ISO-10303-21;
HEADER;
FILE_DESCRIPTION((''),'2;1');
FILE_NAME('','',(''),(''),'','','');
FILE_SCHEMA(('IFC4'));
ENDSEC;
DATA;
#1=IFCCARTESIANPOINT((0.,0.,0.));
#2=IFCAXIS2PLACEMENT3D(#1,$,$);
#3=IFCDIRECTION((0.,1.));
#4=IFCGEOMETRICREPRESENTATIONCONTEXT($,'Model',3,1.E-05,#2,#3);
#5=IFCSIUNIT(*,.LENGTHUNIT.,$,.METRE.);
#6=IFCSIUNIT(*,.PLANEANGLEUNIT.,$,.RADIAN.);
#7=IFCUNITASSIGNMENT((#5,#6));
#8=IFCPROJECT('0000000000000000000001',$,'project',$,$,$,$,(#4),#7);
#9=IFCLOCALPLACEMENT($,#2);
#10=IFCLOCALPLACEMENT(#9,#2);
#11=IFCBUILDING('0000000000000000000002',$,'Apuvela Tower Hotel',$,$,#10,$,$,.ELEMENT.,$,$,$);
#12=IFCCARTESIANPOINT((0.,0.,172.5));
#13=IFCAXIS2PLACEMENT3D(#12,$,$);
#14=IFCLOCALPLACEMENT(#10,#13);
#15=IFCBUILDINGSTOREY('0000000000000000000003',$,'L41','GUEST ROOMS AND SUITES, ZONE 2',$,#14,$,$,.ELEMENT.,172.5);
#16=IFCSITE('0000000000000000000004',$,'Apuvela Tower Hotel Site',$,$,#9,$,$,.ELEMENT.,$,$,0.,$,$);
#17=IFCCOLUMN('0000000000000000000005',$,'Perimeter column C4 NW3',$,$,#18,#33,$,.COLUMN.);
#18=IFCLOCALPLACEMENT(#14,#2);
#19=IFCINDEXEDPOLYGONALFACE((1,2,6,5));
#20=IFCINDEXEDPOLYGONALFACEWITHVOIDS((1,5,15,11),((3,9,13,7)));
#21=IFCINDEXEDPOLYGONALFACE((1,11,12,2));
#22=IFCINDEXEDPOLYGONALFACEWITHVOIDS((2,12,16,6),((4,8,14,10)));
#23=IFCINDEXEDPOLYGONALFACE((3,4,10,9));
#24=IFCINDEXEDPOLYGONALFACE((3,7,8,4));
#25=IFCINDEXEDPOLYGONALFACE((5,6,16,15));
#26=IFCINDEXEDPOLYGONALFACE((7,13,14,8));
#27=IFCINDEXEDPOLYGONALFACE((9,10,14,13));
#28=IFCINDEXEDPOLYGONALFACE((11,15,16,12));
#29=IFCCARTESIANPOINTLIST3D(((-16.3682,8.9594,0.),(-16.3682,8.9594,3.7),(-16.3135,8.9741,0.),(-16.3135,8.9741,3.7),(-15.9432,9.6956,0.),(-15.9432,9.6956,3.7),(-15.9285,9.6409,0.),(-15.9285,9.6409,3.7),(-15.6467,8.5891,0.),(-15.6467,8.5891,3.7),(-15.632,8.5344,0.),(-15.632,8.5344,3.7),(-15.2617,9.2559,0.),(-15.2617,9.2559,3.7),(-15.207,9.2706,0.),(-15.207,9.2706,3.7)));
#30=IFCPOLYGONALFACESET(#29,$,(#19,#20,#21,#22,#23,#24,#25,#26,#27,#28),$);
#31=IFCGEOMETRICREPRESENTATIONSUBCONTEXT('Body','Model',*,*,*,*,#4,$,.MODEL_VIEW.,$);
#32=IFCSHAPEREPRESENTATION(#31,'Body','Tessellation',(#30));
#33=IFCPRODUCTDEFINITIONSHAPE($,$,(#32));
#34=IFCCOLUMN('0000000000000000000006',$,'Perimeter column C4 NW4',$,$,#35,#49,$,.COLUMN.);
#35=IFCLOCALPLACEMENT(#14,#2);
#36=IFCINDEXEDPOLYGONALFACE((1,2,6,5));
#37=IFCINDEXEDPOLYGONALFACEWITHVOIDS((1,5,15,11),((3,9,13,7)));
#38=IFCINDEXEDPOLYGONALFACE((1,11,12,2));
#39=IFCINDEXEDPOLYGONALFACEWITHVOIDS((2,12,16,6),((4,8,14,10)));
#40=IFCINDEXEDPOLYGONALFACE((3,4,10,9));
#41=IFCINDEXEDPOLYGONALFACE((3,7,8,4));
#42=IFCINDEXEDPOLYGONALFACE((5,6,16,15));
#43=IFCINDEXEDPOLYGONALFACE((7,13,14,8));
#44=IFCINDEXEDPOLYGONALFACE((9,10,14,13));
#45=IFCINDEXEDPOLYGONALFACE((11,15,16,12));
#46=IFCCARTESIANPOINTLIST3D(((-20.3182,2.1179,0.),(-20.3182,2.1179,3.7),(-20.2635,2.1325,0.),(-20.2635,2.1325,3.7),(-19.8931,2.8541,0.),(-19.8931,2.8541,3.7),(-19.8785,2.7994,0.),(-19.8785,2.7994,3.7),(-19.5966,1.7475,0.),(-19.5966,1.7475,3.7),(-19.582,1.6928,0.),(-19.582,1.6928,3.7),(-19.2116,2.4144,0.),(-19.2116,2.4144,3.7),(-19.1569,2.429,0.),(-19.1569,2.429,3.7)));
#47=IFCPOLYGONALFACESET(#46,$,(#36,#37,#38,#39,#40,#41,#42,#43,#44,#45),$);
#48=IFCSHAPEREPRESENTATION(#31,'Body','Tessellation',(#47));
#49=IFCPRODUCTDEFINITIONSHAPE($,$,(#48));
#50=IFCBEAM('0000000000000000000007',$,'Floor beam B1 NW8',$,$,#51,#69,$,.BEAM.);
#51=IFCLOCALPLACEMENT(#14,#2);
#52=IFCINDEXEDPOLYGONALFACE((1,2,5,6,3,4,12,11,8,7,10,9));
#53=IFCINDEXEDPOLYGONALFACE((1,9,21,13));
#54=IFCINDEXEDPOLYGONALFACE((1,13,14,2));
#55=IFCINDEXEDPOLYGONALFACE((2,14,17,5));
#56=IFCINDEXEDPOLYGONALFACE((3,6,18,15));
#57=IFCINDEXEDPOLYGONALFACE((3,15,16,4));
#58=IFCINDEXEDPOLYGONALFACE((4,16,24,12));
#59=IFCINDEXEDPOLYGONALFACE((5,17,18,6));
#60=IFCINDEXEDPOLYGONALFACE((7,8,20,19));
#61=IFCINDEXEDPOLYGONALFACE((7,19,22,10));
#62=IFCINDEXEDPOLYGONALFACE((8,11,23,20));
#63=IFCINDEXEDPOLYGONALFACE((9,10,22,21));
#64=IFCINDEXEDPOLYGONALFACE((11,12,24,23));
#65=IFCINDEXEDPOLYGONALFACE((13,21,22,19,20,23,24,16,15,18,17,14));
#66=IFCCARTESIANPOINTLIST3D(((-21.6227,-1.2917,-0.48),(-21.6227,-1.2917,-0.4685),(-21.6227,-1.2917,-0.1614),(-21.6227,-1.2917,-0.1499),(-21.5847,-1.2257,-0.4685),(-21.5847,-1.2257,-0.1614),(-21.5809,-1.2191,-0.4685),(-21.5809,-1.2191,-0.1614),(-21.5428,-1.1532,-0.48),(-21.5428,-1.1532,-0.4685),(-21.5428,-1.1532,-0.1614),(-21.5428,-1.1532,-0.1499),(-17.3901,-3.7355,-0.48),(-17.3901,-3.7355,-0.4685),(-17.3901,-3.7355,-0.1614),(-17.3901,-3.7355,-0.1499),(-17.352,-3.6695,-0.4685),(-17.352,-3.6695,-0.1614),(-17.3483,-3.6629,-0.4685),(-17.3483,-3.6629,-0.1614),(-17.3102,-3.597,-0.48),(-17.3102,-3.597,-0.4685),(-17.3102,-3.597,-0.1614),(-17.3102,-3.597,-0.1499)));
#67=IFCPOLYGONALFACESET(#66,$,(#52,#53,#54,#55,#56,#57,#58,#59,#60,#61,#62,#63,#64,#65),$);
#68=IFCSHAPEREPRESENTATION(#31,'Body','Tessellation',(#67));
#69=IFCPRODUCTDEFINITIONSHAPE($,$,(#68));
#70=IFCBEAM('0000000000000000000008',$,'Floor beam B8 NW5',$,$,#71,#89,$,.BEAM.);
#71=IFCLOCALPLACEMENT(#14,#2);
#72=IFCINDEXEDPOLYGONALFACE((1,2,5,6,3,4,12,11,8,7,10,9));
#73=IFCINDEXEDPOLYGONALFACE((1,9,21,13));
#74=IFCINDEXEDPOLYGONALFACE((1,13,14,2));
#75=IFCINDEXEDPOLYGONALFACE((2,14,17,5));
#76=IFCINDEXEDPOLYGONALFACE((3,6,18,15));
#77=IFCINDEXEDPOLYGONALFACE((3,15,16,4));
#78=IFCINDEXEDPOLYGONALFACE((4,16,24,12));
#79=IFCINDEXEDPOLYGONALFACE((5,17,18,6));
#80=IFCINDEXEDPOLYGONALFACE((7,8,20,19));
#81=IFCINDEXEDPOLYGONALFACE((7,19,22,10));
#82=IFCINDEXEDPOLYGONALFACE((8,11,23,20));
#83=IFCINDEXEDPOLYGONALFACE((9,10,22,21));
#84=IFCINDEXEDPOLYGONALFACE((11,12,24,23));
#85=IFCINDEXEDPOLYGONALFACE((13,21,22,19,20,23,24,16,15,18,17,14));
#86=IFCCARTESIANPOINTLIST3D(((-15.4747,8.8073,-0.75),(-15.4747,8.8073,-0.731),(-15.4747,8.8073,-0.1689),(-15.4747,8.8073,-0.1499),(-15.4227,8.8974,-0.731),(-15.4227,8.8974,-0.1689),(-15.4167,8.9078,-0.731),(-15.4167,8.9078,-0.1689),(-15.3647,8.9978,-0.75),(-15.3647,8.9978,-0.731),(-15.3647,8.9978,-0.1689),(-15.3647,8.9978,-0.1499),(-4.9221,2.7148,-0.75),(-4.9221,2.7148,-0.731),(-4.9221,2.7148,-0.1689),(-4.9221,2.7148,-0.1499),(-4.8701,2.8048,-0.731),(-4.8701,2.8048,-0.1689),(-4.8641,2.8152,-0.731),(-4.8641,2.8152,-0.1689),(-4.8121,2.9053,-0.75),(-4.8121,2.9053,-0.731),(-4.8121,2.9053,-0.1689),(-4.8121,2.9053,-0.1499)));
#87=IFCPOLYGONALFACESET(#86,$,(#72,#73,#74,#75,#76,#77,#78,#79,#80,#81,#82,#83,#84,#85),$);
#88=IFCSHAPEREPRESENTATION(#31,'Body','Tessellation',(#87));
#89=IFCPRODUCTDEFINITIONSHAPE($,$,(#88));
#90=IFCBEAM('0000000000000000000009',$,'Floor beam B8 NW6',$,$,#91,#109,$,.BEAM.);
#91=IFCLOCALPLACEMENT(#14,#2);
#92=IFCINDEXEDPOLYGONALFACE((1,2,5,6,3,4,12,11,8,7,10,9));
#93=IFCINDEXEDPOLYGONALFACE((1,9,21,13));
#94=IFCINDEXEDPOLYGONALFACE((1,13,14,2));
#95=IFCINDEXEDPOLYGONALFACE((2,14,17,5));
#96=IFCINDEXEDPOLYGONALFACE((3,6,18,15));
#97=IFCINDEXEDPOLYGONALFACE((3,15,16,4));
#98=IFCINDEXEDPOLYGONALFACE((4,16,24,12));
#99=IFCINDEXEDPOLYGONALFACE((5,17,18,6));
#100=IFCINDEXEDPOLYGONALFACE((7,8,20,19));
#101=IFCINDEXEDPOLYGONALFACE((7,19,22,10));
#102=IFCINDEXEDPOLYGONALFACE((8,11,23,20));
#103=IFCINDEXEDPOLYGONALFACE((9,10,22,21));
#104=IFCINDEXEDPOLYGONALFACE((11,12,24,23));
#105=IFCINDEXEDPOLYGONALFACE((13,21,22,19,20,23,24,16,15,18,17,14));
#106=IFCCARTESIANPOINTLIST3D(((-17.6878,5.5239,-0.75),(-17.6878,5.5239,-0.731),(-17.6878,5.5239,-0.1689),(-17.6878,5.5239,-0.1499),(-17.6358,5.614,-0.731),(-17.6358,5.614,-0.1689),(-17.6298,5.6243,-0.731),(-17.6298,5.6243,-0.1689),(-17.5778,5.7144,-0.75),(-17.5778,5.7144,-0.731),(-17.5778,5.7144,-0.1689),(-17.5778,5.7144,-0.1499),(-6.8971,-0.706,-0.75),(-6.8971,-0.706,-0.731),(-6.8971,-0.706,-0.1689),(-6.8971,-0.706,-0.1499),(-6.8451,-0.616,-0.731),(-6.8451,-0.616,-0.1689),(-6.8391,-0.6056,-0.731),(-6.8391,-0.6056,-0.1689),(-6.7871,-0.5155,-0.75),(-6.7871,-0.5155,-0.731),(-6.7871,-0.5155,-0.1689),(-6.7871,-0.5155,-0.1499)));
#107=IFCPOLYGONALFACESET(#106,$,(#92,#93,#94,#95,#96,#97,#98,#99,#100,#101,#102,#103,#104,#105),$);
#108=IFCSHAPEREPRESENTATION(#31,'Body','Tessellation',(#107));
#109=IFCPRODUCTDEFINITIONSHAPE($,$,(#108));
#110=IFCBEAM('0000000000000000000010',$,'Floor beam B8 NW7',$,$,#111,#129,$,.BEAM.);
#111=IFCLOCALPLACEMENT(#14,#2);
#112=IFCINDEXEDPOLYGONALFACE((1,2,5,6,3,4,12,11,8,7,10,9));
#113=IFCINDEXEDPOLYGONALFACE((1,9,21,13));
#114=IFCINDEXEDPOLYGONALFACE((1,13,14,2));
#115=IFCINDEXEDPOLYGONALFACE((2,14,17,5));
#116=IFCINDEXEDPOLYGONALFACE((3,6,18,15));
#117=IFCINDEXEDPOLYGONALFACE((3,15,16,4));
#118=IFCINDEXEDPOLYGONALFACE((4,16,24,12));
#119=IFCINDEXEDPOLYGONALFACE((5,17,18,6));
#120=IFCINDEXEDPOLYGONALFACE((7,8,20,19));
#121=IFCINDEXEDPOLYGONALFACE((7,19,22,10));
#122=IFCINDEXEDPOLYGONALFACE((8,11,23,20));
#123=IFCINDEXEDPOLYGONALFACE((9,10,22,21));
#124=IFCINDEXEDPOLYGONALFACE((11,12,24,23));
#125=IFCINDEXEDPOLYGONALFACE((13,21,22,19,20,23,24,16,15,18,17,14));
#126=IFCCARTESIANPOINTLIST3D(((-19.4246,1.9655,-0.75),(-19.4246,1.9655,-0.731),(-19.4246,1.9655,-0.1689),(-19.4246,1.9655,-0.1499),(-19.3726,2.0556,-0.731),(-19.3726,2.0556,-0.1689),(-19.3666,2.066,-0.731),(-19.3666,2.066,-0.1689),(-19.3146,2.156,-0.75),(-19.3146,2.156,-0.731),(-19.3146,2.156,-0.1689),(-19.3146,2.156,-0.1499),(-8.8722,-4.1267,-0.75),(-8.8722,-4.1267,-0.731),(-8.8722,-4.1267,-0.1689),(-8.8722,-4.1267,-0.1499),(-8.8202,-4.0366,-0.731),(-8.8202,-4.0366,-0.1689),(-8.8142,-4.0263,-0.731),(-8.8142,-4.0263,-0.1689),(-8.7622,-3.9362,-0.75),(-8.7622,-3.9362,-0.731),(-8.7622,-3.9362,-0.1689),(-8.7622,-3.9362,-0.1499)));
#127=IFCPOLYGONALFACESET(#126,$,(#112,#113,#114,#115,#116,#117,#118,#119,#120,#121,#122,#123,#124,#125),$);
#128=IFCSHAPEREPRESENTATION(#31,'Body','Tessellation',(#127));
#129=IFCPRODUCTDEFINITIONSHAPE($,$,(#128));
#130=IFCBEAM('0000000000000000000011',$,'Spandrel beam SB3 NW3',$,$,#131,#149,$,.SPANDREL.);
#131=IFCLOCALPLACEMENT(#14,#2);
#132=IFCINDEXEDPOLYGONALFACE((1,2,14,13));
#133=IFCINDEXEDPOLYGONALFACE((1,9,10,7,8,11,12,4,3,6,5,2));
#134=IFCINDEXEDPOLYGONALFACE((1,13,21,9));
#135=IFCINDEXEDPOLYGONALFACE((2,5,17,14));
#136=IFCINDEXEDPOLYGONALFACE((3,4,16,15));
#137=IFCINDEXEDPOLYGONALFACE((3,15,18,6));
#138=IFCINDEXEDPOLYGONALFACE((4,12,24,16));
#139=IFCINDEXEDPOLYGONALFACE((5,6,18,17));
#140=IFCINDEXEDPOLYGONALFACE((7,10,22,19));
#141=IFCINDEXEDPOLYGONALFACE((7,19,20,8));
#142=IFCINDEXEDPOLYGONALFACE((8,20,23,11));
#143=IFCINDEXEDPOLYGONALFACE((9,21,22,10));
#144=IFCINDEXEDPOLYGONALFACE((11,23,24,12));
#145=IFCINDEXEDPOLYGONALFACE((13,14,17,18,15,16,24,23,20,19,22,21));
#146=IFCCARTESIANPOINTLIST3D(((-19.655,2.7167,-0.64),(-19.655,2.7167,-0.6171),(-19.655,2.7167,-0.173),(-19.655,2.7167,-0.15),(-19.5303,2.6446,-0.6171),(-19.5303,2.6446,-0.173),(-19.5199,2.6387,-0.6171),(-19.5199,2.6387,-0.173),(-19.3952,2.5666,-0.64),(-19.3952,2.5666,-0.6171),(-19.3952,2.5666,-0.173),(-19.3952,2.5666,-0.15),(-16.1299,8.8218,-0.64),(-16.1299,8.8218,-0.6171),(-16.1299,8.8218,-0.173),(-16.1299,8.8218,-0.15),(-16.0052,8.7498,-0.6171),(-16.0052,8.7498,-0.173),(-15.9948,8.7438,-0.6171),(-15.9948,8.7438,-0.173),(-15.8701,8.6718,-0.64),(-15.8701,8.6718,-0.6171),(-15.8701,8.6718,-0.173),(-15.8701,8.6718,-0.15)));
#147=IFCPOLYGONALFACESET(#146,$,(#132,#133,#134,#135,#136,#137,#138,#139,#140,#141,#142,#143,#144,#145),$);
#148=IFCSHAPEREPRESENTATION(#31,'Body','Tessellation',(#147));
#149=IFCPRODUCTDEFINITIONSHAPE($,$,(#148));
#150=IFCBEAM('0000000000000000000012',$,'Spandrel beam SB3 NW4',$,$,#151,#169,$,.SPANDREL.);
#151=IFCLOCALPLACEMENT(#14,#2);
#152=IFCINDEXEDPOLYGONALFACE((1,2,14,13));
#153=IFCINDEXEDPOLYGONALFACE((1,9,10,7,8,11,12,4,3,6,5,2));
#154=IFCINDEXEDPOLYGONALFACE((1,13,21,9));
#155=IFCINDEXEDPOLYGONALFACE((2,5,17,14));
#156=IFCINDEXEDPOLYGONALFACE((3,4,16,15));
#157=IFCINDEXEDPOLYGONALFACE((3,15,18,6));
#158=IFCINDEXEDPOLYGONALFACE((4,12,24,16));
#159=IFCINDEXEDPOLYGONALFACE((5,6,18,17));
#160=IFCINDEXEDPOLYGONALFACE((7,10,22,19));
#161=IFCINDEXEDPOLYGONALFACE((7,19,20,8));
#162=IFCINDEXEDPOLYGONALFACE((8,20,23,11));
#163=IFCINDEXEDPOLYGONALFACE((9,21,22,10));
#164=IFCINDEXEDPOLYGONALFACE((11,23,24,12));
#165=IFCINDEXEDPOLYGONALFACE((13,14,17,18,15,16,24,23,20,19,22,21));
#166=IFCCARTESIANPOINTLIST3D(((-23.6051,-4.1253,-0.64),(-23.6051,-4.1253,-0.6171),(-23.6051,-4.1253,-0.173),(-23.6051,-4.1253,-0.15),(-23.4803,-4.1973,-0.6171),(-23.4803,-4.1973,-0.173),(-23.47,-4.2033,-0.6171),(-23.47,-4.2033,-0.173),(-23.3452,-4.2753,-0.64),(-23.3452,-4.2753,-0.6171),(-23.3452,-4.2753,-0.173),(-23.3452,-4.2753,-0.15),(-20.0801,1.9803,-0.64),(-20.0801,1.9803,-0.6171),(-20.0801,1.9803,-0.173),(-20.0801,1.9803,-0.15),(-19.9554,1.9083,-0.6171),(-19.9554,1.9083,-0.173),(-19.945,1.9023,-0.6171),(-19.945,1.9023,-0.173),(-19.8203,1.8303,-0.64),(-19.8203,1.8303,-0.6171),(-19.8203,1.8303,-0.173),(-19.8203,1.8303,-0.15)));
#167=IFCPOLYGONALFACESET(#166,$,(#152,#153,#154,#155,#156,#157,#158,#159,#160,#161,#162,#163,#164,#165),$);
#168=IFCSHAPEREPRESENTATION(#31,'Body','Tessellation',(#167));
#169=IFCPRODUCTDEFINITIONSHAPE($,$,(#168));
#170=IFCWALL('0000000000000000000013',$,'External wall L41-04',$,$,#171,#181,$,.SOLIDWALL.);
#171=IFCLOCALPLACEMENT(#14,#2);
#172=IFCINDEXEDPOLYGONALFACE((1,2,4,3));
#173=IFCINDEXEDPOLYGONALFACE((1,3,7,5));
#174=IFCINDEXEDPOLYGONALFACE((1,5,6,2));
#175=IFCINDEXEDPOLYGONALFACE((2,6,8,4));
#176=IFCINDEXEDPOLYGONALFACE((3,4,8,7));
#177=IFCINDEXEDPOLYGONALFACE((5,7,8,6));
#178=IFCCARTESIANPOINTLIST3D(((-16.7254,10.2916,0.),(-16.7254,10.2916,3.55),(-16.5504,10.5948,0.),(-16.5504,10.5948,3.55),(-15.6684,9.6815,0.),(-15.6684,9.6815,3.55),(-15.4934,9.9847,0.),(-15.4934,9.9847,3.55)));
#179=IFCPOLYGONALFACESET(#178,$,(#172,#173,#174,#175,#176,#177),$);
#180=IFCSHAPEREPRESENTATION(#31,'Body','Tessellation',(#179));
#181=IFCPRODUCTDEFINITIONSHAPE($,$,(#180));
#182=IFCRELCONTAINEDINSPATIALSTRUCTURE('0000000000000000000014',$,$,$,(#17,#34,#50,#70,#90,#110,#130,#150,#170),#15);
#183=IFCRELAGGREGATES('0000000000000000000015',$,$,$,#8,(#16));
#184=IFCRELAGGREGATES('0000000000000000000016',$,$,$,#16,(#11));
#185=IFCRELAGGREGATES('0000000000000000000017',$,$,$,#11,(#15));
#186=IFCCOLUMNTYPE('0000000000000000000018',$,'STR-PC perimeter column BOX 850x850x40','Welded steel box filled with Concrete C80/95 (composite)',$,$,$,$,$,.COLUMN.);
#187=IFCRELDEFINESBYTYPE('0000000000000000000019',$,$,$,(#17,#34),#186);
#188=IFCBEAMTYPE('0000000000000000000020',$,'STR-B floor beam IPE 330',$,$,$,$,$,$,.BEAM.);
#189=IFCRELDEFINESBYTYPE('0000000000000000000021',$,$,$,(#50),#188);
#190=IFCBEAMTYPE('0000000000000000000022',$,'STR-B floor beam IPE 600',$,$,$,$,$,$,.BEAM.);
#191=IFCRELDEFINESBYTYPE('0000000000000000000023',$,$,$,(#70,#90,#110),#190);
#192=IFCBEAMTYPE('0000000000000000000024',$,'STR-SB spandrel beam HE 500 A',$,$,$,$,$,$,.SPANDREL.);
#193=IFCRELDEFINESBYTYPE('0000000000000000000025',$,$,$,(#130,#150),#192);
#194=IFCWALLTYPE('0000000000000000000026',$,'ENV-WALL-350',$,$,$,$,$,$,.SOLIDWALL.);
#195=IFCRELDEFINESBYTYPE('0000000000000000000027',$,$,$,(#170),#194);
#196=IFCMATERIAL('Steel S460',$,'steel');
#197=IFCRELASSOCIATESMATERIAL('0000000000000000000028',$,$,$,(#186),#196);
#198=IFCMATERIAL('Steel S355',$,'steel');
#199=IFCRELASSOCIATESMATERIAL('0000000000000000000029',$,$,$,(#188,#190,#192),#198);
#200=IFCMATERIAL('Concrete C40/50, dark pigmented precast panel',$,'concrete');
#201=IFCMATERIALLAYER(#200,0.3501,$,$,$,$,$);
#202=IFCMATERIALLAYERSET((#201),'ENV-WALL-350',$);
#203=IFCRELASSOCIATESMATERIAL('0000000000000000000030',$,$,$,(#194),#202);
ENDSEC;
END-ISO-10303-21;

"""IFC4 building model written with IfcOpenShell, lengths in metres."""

from ifc_helpers import new_model, si_unit, direction, frame, frame_2d, origin, origin_2d, place, context, subcontext, project, spatial, rectangle, hollow_rectangle, i_section, extrude, material, layer, layer_set, material_profile, profile_set, type_object, element, save


model = new_model("IFC4")

# Units and contexts
model_context = context("Model", 3, precision=1e-05, world=origin(), true_north=direction((0.0, 1.0)))
body_context = subcontext(model_context, "Body", "Model", "MODEL_VIEW")
ifc_project = project(units=[si_unit("LENGTHUNIT", "METRE"), si_unit("PLANEANGLEUNIT", "RADIAN")], contexts=[model_context])

# Site, building, storey
site_placement = place(None, origin())
site = spatial("IfcSite", under=ifc_project, at=site_placement, Name="Apuvela Tower Hotel Site", CompositionType="ELEMENT", RefElevation=0.0)
building_placement = place(site_placement, origin())
building = spatial("IfcBuilding", under=site, at=building_placement, Name="Apuvela Tower Hotel", CompositionType="ELEMENT")
storey_placement = place(building_placement, frame((0.0, 0.0, 172.5)))
storey = spatial("IfcBuildingStorey", under=building, at=storey_placement, Name="L41", Description="GUEST ROOMS AND SUITES, ZONE 2", CompositionType="ELEMENT", Elevation=172.5)

# Columns
ifc_material_1 = material(Name="Steel S460", Category="steel")
ifc_material_profile_1 = material_profile(ifc_material_1, hollow_rectangle(XDim=0.8501, YDim=0.8501, WallThickness=0.04, at=origin_2d()), Name="BOX 850x850x40")
ifc_material_2 = material(Name="Concrete C80/95", Category="concrete")
ifc_material_profile_2 = material_profile(ifc_material_2, rectangle(XDim=0.77, YDim=0.77, at=origin_2d()), Name="Concrete C80/95 infill")
ifc_profile_set_1 = profile_set([ifc_material_profile_1, ifc_material_profile_2], Name="Steel S460")
column_type = type_object("IfcColumnType", Name="STR-PC perimeter column BOX 850x850x40", Description="Welded steel box filled with Concrete C80/95 (composite)", PredefinedType="COLUMN", material=ifc_profile_set_1)
for number, where, z_axis, x_axis, name in (
    (1, (-15.7876, 9.115, 0.0), (0.0, 0.0, 1.0), (0.5, 0.866025, 0.0), "Perimeter column C4 NW3"),
    (2, (-19.7375, 2.2734, 0.0), (0.0, 0.0, 1.0), (0.5, 0.866025, 0.0), "Perimeter column C4 NW4"),
):
    element("IfcColumn", number, at=place(storey_placement, frame(where, z_axis=z_axis, x_axis=x_axis)), inside=storey, type_object=column_type, Name=name, PredefinedType="COLUMN", context=body_context, shape_type="SweptSolid", body=[
        extrude(hollow_rectangle(XDim=0.8501, YDim=0.8501, WallThickness=0.04, at=origin_2d()), origin(), (0.0, 0.0, 1.0), 3.7),
    ])

# Beams
ifc_material_3 = material(Name="Steel S355", Category="steel")
ifc_material_profile_3 = material_profile(ifc_material_3, i_section(OverallWidth=0.1599, OverallDepth=0.3301, WebThickness=0.0076, FlangeThickness=0.0115, at=origin_2d()), Name="IPE 330")
ifc_profile_set_2 = profile_set([ifc_material_profile_3], Name="Steel S355")
beam_type_1 = type_object("IfcBeamType", Name="STR-B floor beam IPE 330", PredefinedType="BEAM", material=ifc_profile_set_2)
beam_1_placement = place(storey_placement, frame((-21.5828, -1.2224, -0.3149), z_axis=(0.866015, -0.500018, 0.0), x_axis=(0.500018, 0.866015, 0.0)))
element("IfcBeam", 3, at=beam_1_placement, inside=storey, type_object=beam_type_1, Name="Floor beam B1 NW8", PredefinedType="BEAM", context=body_context, shape_type="SweptSolid", body=[
    extrude(i_section(OverallWidth=0.1599, OverallDepth=0.3301, WebThickness=0.0076, FlangeThickness=0.0115, at=origin_2d()), origin(), (0.0, 0.0, 1.0), 4.8875),
])
ifc_material_profile_4 = material_profile(ifc_material_3, i_section(OverallWidth=0.22, OverallDepth=0.6001, WebThickness=0.012, FlangeThickness=0.019, at=origin_2d()), Name="IPE 600")
ifc_profile_set_3 = profile_set([ifc_material_profile_4], Name="Steel S355")
beam_type_2 = type_object("IfcBeamType", Name="STR-B floor beam IPE 600", PredefinedType="BEAM", material=ifc_profile_set_3)
beam_2_placement = place(storey_placement, frame((-15.4197, 8.9026, -0.45), z_axis=(0.866024, -0.500003, 0.0), x_axis=(0.500003, 0.866024, 0.0)))
element("IfcBeam", 4, at=beam_2_placement, inside=storey, type_object=beam_type_2, Name="Floor beam B8 NW5", PredefinedType="BEAM", context=body_context, shape_type="SweptSolid", body=[
    extrude(i_section(OverallWidth=0.22, OverallDepth=0.6001, WebThickness=0.012, FlangeThickness=0.019, at=origin_2d()), origin(), (0.0, 0.0, 1.0), 12.1851),
])
beam_3_placement = place(storey_placement, frame((-17.6328, 5.6191, -0.45), z_axis=(0.866028, -0.499996, 0.0), x_axis=(0.499996, 0.866028, 0.0)))
element("IfcBeam", 5, at=beam_3_placement, inside=storey, type_object=beam_type_2, Name="Floor beam B8 NW6", PredefinedType="BEAM", context=body_context, shape_type="SweptSolid", body=[
    extrude(i_section(OverallWidth=0.22, OverallDepth=0.6001, WebThickness=0.012, FlangeThickness=0.019, at=origin_2d()), origin(), (0.0, 0.0, 1.0), 12.46),
])
beam_4_placement = place(storey_placement, frame((-19.3696, 2.0608, -0.45), z_axis=(0.866032, -0.499988, 0.0), x_axis=(0.499988, 0.866032, 0.0)))
element("IfcBeam", 6, at=beam_4_placement, inside=storey, type_object=beam_type_2, Name="Floor beam B8 NW7", PredefinedType="BEAM", context=body_context, shape_type="SweptSolid", body=[
    extrude(i_section(OverallWidth=0.22, OverallDepth=0.6001, WebThickness=0.012, FlangeThickness=0.019, at=origin_2d()), origin(), (0.0, 0.0, 1.0), 12.1848),
])
ifc_material_profile_5 = material_profile(ifc_material_3, i_section(OverallWidth=0.3, OverallDepth=0.49, WebThickness=0.012, FlangeThickness=0.0229, at=origin_2d()), Name="HE 500 A")
ifc_profile_set_4 = profile_set([ifc_material_profile_5], Name="Steel S355")
beam_type_3 = type_object("IfcBeamType", Name="STR-SB spandrel beam HE 500 A", PredefinedType="SPANDREL", material=ifc_profile_set_4)
beam_5_placement = place(storey_placement, frame((-16.0, 8.7468, -0.395), z_axis=(-0.500031, -0.866007, 0.0), x_axis=(0.866007, -0.500031, 0.0)))
element("IfcBeam", 7, at=beam_5_placement, inside=storey, type_object=beam_type_3, Name="Spandrel beam SB3 NW3", PredefinedType="SPANDREL", context=body_context, shape_type="SweptSolid", body=[
    extrude(i_section(OverallWidth=0.3, OverallDepth=0.49, WebThickness=0.012, FlangeThickness=0.0229, at=origin_2d()), origin(), (0.0, 0.0, 1.0), 7.0498),
])
beam_6_placement = place(storey_placement, frame((-19.9502, 1.9053, -0.395), z_axis=(-0.49999, -0.866031, 0.0), x_axis=(0.866031, -0.49999, 0.0)))
element("IfcBeam", 8, at=beam_6_placement, inside=storey, type_object=beam_type_3, Name="Spandrel beam SB3 NW4", PredefinedType="SPANDREL", context=body_context, shape_type="SweptSolid", body=[
    extrude(i_section(OverallWidth=0.3, OverallDepth=0.49, WebThickness=0.012, FlangeThickness=0.0229, at=origin_2d()), origin(), (0.0, 0.0, 1.0), 7.05),
])

# Wall
ifc_material_4 = material(Name="Concrete C40/50, dark pigmented precast panel", Category="concrete")
ifc_layer_1 = layer(ifc_material_4, 0.3501)
ifc_layer_set_1 = layer_set([ifc_layer_1], Name="ENV-WALL-350")
wall_type_1 = type_object("IfcWallType", Name="ENV-WALL-350", PredefinedType="SOLIDWALL", material=ifc_layer_set_1)
wall_1_placement = place(storey_placement, frame((-15.5808, 9.833, 0.0), z_axis=(0.0, 0.0, 1.0), x_axis=(-0.866056, 0.499948, 0.0)))
element("IfcWall", 9, at=wall_1_placement, inside=storey, type_object=wall_type_1, Name="External wall L41-04", PredefinedType="SOLIDWALL", context=body_context, shape_type="SweptSolid", body=[
    extrude(rectangle(XDim=1.2205, YDim=0.3501, at=frame_2d((0.6104, 0.0))), origin(), (0.0, 0.0, 1.0), 3.55),
])

save(model, "model.ifc")
